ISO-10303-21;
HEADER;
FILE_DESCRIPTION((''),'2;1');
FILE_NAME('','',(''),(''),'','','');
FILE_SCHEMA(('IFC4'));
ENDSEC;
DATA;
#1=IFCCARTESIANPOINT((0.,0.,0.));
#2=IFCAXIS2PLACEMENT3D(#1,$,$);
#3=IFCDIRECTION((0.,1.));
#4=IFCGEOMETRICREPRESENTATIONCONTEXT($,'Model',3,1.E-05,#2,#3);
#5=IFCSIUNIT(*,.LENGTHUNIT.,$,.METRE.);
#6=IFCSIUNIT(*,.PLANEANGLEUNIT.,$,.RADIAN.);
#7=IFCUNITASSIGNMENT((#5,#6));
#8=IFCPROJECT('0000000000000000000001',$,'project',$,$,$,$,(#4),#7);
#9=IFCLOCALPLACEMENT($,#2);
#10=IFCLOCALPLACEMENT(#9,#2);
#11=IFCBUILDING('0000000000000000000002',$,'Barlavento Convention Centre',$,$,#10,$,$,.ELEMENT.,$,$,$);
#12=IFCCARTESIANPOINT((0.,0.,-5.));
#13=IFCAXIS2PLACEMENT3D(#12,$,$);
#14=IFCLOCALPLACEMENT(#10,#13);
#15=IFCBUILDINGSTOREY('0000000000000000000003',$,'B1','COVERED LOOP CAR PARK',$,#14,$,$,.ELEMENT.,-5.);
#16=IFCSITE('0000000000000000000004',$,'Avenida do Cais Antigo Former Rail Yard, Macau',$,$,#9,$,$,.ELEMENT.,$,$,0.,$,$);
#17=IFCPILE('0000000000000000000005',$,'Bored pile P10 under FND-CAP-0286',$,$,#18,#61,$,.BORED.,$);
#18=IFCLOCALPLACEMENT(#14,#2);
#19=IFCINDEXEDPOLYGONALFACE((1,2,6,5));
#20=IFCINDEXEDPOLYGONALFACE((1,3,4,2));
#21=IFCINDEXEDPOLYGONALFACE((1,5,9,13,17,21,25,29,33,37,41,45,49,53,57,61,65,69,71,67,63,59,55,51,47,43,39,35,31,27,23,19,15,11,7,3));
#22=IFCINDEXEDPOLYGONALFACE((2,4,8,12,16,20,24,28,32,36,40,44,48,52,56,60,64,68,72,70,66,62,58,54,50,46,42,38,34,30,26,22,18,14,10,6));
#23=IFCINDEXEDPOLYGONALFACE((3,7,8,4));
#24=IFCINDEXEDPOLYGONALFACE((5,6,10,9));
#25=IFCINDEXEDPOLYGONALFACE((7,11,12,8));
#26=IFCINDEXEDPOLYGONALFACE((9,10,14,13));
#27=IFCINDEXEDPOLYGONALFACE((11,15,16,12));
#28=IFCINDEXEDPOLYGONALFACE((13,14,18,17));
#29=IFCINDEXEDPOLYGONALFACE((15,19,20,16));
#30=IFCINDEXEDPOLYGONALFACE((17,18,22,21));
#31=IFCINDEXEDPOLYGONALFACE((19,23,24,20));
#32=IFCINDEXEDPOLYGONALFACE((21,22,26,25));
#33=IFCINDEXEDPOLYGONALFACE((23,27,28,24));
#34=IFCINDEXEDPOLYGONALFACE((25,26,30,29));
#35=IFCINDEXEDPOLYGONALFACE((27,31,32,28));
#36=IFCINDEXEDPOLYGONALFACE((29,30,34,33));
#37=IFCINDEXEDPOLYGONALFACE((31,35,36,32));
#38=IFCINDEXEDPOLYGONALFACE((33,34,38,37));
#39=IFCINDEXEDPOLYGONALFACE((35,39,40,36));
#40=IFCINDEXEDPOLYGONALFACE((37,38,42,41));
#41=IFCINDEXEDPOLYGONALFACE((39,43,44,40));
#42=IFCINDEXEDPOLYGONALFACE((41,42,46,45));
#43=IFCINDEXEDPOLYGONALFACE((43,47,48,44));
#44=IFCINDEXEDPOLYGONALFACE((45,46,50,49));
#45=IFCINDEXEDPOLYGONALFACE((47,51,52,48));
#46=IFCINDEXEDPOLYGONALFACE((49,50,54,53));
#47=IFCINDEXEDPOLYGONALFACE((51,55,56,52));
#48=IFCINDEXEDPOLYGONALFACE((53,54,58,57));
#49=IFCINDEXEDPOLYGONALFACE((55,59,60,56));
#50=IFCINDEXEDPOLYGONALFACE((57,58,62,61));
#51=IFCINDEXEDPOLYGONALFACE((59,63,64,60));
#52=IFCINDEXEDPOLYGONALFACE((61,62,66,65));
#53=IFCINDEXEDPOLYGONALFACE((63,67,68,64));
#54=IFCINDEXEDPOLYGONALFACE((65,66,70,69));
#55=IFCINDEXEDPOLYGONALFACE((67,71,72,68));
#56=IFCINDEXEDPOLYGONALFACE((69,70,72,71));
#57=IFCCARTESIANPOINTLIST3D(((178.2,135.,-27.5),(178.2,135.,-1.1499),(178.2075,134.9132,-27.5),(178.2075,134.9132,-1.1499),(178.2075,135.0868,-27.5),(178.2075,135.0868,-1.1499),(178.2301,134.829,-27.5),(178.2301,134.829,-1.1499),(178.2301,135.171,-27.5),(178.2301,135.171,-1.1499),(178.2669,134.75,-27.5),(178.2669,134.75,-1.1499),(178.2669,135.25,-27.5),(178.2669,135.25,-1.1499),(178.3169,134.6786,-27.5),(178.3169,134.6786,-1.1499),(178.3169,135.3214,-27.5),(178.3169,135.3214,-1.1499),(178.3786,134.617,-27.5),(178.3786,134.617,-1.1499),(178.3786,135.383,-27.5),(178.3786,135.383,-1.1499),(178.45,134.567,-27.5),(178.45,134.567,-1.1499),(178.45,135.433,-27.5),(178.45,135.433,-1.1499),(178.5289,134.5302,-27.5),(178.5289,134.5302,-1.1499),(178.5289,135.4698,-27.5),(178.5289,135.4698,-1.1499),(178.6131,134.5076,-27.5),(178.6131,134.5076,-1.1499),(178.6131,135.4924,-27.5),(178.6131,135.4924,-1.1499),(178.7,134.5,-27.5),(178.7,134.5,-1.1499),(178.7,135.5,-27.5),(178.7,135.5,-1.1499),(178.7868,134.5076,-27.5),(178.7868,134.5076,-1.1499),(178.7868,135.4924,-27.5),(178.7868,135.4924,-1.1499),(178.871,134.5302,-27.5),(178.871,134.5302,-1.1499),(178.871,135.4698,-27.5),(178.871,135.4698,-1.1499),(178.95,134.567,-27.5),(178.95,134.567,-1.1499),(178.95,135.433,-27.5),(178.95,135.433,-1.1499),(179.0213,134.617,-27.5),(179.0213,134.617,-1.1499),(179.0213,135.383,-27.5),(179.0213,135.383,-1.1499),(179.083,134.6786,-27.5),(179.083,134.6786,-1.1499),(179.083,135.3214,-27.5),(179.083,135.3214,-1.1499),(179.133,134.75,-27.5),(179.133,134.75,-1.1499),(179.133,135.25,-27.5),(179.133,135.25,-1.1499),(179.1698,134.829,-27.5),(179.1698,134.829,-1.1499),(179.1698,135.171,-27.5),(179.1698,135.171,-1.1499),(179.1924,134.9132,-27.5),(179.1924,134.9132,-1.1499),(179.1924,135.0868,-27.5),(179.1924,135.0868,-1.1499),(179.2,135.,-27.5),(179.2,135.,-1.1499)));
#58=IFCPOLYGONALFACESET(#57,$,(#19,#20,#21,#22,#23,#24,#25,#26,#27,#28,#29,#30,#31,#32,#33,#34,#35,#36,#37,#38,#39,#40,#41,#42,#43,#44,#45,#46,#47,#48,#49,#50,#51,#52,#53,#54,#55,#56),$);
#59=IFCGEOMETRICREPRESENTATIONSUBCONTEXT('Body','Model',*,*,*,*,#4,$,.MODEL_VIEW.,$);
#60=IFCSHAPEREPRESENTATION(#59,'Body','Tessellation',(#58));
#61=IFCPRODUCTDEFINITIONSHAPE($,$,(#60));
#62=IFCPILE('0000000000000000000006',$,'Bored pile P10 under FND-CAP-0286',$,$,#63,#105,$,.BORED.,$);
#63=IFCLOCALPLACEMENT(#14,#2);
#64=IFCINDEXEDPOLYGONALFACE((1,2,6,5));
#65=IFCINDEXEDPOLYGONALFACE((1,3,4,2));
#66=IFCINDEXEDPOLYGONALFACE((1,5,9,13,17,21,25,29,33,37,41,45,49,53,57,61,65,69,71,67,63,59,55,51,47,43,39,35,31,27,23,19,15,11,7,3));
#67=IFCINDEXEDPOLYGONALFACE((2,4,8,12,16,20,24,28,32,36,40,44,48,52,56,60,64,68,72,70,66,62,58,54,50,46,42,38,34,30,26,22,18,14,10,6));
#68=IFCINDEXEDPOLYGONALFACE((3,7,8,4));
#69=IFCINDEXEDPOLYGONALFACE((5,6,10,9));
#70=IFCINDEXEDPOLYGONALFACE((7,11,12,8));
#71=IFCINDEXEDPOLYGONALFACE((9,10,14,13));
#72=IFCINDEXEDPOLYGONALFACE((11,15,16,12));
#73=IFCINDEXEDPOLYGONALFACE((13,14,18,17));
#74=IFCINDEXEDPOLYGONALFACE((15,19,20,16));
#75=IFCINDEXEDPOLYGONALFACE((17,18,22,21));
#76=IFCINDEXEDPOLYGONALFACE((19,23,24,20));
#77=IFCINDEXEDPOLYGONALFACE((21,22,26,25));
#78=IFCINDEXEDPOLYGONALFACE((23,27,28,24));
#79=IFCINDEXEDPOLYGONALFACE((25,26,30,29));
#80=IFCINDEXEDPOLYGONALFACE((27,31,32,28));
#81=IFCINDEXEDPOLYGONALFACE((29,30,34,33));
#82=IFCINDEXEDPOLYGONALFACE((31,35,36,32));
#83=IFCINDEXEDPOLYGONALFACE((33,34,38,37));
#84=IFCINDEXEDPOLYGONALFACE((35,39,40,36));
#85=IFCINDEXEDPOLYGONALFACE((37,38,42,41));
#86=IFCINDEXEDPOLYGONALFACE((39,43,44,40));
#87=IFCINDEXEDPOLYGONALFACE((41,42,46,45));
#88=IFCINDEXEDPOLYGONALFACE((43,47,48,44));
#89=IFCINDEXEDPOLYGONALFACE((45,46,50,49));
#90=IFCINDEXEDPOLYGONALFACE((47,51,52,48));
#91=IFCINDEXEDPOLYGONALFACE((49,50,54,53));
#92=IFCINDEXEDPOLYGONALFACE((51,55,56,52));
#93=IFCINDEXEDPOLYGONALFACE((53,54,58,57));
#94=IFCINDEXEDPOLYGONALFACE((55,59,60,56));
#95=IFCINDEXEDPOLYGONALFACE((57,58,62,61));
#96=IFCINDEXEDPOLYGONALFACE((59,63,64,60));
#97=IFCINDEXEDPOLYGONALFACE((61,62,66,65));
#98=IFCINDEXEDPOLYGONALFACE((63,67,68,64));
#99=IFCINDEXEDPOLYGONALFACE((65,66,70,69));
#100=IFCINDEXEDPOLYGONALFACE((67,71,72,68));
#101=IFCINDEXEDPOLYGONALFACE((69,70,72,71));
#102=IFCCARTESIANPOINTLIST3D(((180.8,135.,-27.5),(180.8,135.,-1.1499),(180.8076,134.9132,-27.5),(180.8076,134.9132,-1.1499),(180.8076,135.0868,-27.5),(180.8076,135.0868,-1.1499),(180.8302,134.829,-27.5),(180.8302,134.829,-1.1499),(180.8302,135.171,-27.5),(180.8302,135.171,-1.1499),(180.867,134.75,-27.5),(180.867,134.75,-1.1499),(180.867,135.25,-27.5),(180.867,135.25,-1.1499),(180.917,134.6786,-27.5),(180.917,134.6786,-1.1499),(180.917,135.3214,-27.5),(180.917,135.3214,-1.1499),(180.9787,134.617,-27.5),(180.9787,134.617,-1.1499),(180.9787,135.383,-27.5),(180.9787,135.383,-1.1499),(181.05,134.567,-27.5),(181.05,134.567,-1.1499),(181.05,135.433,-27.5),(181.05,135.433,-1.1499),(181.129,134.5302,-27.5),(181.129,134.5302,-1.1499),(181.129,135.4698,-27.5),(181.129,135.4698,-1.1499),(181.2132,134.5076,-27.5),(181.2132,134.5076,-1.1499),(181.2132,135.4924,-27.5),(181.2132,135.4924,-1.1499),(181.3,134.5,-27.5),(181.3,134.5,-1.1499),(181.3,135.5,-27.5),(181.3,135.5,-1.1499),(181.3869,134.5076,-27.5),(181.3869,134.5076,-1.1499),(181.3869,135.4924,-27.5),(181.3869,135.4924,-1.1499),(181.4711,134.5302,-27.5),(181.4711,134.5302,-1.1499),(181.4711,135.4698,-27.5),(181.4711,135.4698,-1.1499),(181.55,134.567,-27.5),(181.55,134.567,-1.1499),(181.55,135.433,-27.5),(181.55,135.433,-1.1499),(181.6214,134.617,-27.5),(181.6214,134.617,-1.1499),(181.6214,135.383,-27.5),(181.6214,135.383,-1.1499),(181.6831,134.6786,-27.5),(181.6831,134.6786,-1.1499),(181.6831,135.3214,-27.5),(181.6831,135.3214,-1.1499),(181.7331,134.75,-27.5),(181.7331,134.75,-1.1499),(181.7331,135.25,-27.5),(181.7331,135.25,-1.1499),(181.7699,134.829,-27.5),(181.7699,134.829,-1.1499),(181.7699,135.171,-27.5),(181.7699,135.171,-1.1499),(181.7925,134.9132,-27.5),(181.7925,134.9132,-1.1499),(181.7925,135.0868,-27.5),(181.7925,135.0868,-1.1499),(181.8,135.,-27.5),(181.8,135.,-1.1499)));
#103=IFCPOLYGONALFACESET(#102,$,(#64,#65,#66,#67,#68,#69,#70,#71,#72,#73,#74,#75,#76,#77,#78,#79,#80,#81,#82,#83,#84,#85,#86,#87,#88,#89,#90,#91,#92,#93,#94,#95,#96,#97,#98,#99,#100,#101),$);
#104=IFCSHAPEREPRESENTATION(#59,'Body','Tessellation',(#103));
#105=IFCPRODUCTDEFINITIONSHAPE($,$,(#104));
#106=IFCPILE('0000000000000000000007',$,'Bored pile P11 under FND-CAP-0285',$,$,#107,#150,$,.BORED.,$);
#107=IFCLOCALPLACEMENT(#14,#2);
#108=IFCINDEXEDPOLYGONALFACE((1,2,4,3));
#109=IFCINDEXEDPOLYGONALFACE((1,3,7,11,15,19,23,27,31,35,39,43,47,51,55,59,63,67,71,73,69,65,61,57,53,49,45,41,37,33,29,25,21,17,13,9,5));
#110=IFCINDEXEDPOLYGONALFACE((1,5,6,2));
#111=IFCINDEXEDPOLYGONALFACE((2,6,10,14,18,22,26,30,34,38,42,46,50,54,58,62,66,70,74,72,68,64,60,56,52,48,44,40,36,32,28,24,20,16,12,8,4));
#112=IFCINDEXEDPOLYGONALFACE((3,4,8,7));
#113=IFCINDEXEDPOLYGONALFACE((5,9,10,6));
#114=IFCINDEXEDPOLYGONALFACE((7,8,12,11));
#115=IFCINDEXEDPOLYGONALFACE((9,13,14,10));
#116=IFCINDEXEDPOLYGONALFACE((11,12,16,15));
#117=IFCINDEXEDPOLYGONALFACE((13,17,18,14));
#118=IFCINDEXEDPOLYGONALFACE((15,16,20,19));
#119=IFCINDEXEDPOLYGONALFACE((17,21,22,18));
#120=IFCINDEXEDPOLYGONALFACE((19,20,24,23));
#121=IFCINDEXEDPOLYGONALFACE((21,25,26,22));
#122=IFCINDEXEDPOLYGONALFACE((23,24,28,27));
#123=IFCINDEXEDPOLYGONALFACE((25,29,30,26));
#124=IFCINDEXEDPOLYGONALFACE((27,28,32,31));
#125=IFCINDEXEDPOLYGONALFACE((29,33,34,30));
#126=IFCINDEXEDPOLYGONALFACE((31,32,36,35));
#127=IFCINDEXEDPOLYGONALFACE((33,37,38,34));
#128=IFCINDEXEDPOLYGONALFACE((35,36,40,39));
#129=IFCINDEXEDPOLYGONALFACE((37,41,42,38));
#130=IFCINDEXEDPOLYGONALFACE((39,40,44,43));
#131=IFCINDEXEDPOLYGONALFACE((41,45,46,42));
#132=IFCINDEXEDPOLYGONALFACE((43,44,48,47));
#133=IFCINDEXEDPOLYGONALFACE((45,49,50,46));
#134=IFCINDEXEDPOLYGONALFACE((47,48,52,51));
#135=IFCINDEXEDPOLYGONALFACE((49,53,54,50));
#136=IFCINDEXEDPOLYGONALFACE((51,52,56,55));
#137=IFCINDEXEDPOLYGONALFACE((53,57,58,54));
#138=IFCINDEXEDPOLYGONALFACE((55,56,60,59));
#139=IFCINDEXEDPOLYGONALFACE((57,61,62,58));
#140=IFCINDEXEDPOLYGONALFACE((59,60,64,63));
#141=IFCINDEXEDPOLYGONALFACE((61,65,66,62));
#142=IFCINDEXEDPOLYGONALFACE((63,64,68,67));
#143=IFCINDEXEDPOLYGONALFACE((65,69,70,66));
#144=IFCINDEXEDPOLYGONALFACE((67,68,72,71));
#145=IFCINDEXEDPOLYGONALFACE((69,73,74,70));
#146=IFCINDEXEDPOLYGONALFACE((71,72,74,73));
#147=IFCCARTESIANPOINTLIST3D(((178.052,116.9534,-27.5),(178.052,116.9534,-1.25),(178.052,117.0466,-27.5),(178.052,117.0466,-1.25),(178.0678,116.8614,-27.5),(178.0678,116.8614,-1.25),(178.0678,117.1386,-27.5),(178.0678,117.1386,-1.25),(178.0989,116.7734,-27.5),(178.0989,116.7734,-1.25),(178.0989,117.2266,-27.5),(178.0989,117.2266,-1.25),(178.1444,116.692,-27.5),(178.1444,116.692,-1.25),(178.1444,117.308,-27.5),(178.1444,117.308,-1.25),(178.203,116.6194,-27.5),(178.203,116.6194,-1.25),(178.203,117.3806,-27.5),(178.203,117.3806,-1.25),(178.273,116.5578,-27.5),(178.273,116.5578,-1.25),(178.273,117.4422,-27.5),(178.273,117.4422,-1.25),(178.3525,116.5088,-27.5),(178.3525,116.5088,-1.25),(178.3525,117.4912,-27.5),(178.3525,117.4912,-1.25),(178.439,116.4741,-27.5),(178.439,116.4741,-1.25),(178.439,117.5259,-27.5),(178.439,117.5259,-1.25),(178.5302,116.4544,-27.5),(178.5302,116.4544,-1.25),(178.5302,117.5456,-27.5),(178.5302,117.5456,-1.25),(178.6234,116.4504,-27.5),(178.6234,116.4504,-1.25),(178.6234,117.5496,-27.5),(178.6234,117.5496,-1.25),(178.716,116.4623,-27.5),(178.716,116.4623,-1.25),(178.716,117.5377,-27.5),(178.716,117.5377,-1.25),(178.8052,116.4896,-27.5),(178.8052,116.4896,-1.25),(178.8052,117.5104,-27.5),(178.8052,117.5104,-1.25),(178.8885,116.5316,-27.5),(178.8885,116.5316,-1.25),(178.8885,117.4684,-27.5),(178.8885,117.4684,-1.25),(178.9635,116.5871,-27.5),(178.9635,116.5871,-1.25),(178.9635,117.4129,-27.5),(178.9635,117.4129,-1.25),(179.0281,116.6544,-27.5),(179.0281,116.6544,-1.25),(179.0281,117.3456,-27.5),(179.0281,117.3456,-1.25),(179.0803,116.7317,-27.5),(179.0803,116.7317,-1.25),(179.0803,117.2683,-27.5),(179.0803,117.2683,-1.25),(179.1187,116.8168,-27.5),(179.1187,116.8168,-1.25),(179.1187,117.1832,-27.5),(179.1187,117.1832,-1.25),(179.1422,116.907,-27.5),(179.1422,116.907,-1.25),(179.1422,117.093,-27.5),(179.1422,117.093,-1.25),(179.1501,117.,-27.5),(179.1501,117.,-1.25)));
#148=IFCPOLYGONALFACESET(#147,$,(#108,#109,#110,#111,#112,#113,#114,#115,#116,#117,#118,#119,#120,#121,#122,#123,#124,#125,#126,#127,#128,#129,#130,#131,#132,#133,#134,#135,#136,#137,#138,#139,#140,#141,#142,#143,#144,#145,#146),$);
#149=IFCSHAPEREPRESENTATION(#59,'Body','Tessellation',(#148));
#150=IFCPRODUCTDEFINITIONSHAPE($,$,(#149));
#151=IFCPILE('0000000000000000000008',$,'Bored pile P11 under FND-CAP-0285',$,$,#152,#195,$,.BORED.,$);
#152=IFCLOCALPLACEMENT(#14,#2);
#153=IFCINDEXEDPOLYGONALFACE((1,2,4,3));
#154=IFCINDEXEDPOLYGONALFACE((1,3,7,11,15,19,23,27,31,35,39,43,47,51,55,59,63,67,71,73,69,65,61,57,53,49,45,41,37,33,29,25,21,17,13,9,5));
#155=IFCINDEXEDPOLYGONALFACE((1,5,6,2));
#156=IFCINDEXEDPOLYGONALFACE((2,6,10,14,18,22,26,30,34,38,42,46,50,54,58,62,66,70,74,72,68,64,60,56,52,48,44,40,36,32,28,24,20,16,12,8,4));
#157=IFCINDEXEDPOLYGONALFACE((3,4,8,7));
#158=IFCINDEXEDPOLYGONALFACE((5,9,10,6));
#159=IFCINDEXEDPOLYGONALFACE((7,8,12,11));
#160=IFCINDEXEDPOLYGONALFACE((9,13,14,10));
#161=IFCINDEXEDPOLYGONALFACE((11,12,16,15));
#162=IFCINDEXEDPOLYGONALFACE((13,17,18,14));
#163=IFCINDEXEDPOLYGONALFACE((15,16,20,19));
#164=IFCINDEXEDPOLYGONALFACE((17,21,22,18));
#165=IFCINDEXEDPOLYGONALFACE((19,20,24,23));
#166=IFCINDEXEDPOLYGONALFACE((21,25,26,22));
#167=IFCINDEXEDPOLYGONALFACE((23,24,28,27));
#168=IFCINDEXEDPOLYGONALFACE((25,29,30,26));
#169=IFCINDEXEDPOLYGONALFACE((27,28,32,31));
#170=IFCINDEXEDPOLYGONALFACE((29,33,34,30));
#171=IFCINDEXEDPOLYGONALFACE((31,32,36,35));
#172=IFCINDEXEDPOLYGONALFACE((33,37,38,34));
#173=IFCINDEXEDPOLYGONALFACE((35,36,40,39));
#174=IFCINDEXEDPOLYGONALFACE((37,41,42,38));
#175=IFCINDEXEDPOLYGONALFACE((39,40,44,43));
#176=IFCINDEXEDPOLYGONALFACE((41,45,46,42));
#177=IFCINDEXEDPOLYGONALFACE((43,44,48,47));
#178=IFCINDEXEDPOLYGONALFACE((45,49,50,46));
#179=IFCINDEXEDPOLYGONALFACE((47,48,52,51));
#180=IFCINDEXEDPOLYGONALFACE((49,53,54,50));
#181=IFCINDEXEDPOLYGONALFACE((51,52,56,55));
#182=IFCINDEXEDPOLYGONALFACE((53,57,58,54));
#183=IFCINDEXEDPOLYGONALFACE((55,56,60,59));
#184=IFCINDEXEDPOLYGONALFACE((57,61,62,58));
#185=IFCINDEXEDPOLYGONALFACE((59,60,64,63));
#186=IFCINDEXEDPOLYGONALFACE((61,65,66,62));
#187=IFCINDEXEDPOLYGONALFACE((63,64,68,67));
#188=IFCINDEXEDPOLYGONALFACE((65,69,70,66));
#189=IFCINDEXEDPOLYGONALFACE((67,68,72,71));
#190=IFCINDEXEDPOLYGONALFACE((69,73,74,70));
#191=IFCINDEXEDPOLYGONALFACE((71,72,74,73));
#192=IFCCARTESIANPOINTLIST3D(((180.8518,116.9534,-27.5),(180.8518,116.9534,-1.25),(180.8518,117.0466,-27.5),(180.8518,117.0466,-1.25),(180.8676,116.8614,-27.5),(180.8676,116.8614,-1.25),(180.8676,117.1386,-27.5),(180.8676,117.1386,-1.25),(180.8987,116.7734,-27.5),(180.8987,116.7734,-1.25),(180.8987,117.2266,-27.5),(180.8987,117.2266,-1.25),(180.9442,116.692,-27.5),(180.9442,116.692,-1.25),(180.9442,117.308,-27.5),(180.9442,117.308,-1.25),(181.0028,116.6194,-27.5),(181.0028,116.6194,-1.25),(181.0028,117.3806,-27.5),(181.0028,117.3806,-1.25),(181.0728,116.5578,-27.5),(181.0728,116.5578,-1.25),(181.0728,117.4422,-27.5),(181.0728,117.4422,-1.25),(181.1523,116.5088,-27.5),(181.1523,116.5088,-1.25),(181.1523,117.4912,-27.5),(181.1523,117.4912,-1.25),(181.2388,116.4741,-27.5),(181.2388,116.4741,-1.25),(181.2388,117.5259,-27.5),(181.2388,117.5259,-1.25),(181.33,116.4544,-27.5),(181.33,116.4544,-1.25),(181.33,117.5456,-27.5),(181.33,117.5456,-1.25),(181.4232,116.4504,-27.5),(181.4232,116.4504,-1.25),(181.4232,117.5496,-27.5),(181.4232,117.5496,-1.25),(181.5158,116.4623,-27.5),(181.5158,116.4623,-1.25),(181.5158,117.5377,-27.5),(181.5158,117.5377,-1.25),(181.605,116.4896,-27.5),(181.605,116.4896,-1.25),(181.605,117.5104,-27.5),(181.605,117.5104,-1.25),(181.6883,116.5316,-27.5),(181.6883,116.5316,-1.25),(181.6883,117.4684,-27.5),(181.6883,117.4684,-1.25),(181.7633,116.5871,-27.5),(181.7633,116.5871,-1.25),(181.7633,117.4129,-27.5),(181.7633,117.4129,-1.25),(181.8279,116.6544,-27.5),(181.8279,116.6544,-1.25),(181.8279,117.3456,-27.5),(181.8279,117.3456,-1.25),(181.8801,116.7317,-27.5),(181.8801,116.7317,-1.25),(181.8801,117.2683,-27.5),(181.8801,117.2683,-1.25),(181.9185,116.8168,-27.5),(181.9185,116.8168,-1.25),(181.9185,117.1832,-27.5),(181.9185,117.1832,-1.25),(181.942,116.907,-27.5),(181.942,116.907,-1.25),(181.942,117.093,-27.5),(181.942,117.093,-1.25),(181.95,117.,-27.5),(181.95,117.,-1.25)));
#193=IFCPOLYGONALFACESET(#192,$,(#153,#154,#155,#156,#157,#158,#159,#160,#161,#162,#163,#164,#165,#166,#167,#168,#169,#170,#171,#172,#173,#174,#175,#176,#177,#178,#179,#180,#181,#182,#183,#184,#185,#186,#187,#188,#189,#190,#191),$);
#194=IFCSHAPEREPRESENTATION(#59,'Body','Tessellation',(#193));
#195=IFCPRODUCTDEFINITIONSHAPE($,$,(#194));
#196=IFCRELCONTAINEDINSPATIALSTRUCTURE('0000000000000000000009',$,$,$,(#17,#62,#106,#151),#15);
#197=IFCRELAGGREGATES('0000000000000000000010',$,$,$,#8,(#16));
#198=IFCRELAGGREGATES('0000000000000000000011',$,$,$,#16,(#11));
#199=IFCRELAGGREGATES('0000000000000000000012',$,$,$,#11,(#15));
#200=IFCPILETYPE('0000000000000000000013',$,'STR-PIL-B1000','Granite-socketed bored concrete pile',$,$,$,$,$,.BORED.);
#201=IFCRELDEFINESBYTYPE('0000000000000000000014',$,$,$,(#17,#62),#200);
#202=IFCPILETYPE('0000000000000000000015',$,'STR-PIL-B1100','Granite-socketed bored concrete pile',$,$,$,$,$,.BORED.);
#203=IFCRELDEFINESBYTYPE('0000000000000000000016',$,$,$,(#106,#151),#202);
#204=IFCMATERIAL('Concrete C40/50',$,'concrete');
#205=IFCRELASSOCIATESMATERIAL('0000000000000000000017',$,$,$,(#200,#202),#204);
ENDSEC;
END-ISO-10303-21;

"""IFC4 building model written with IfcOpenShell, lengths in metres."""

from ifc_helpers import new_model, si_unit, direction, frame, origin, origin_2d, place, context, subcontext, project, spatial, circle, extrude, material, material_profile, profile_set, type_object, element, save


model = new_model("IFC4")

# Units and contexts
model_context = context("Model", 3, precision=1e-05, world=origin(), true_north=direction((0.0, 1.0)))
body_context = subcontext(model_context, "Body", "Model", "MODEL_VIEW")
ifc_project = project(units=[si_unit("LENGTHUNIT", "METRE"), si_unit("PLANEANGLEUNIT", "RADIAN")], contexts=[model_context])

# Site, building, storey
site_placement = place(None, origin())
site = spatial("IfcSite", under=ifc_project, at=site_placement, Name="Avenida do Cais Antigo Former Rail Yard, Macau", CompositionType="ELEMENT", RefElevation=0.0)
building_placement = place(site_placement, origin())
building = spatial("IfcBuilding", under=site, at=building_placement, Name="Barlavento Convention Centre", CompositionType="ELEMENT")
storey_placement = place(building_placement, frame((0.0, 0.0, -5.0)))
storey = spatial("IfcBuildingStorey", under=building, at=storey_placement, Name="B1", Description="COVERED LOOP CAR PARK", CompositionType="ELEMENT", Elevation=-5.0)

# Shared definitions
ifc_material_1 = material(Name="Concrete C40/50", Category="concrete")

# Piles
ifc_material_profile_1 = material_profile(ifc_material_1, circle(Radius=0.5, at=origin_2d()), Name="BORED PILE 1000")
ifc_profile_set_1 = profile_set([ifc_material_profile_1], Name="Concrete C40/50")
pile_type_1 = type_object("IfcPileType", Name="STR-PIL-B1000", Description="Granite-socketed bored concrete pile", PredefinedType="BORED", material=ifc_profile_set_1)
for number, where, z_axis, x_axis, name in (
    (1, (178.7, 135.0, -1.1499), (0.0, 0.0, -1.0), (1.0, 0.0, 0.0), "Bored pile P10 under FND-CAP-0286"),
    (2, (181.3, 135.0, -1.1499), (0.0, 0.0, -1.0), (1.0, 0.0, 0.0), "Bored pile P10 under FND-CAP-0286"),
):
    element("IfcPile", number, at=place(storey_placement, frame(where, z_axis=z_axis, x_axis=x_axis)), inside=storey, type_object=pile_type_1, Name=name, PredefinedType="BORED", context=body_context, shape_type="SweptSolid", body=[
        extrude(circle(Radius=0.5, at=origin_2d()), origin(), (0.0, 0.0, 1.0), 26.3501),
    ])
ifc_material_profile_2 = material_profile(ifc_material_1, circle(Radius=0.55, at=origin_2d()), Name="BORED PILE 1100")
ifc_profile_set_2 = profile_set([ifc_material_profile_2], Name="Concrete C40/50")
pile_type_2 = type_object("IfcPileType", Name="STR-PIL-B1100", Description="Granite-socketed bored concrete pile", PredefinedType="BORED", material=ifc_profile_set_2)
for number, where, z_axis, x_axis, name in (
    (3, (178.6001, 117.0, -1.25), (0.0, 0.0, -1.0), (1.0, 0.0, 0.0), "Bored pile P11 under FND-CAP-0285"),
    (4, (181.3999, 117.0, -1.25), (0.0, 0.0, -1.0), (1.0, 0.0, 0.0), "Bored pile P11 under FND-CAP-0285"),
):
    element("IfcPile", number, at=place(storey_placement, frame(where, z_axis=z_axis, x_axis=x_axis)), inside=storey, type_object=pile_type_2, Name=name, PredefinedType="BORED", context=body_context, shape_type="SweptSolid", body=[
        extrude(circle(Radius=0.55, at=origin_2d()), origin(), (0.0, 0.0, 1.0), 26.25),
    ])

save(model, "model.ifc")
